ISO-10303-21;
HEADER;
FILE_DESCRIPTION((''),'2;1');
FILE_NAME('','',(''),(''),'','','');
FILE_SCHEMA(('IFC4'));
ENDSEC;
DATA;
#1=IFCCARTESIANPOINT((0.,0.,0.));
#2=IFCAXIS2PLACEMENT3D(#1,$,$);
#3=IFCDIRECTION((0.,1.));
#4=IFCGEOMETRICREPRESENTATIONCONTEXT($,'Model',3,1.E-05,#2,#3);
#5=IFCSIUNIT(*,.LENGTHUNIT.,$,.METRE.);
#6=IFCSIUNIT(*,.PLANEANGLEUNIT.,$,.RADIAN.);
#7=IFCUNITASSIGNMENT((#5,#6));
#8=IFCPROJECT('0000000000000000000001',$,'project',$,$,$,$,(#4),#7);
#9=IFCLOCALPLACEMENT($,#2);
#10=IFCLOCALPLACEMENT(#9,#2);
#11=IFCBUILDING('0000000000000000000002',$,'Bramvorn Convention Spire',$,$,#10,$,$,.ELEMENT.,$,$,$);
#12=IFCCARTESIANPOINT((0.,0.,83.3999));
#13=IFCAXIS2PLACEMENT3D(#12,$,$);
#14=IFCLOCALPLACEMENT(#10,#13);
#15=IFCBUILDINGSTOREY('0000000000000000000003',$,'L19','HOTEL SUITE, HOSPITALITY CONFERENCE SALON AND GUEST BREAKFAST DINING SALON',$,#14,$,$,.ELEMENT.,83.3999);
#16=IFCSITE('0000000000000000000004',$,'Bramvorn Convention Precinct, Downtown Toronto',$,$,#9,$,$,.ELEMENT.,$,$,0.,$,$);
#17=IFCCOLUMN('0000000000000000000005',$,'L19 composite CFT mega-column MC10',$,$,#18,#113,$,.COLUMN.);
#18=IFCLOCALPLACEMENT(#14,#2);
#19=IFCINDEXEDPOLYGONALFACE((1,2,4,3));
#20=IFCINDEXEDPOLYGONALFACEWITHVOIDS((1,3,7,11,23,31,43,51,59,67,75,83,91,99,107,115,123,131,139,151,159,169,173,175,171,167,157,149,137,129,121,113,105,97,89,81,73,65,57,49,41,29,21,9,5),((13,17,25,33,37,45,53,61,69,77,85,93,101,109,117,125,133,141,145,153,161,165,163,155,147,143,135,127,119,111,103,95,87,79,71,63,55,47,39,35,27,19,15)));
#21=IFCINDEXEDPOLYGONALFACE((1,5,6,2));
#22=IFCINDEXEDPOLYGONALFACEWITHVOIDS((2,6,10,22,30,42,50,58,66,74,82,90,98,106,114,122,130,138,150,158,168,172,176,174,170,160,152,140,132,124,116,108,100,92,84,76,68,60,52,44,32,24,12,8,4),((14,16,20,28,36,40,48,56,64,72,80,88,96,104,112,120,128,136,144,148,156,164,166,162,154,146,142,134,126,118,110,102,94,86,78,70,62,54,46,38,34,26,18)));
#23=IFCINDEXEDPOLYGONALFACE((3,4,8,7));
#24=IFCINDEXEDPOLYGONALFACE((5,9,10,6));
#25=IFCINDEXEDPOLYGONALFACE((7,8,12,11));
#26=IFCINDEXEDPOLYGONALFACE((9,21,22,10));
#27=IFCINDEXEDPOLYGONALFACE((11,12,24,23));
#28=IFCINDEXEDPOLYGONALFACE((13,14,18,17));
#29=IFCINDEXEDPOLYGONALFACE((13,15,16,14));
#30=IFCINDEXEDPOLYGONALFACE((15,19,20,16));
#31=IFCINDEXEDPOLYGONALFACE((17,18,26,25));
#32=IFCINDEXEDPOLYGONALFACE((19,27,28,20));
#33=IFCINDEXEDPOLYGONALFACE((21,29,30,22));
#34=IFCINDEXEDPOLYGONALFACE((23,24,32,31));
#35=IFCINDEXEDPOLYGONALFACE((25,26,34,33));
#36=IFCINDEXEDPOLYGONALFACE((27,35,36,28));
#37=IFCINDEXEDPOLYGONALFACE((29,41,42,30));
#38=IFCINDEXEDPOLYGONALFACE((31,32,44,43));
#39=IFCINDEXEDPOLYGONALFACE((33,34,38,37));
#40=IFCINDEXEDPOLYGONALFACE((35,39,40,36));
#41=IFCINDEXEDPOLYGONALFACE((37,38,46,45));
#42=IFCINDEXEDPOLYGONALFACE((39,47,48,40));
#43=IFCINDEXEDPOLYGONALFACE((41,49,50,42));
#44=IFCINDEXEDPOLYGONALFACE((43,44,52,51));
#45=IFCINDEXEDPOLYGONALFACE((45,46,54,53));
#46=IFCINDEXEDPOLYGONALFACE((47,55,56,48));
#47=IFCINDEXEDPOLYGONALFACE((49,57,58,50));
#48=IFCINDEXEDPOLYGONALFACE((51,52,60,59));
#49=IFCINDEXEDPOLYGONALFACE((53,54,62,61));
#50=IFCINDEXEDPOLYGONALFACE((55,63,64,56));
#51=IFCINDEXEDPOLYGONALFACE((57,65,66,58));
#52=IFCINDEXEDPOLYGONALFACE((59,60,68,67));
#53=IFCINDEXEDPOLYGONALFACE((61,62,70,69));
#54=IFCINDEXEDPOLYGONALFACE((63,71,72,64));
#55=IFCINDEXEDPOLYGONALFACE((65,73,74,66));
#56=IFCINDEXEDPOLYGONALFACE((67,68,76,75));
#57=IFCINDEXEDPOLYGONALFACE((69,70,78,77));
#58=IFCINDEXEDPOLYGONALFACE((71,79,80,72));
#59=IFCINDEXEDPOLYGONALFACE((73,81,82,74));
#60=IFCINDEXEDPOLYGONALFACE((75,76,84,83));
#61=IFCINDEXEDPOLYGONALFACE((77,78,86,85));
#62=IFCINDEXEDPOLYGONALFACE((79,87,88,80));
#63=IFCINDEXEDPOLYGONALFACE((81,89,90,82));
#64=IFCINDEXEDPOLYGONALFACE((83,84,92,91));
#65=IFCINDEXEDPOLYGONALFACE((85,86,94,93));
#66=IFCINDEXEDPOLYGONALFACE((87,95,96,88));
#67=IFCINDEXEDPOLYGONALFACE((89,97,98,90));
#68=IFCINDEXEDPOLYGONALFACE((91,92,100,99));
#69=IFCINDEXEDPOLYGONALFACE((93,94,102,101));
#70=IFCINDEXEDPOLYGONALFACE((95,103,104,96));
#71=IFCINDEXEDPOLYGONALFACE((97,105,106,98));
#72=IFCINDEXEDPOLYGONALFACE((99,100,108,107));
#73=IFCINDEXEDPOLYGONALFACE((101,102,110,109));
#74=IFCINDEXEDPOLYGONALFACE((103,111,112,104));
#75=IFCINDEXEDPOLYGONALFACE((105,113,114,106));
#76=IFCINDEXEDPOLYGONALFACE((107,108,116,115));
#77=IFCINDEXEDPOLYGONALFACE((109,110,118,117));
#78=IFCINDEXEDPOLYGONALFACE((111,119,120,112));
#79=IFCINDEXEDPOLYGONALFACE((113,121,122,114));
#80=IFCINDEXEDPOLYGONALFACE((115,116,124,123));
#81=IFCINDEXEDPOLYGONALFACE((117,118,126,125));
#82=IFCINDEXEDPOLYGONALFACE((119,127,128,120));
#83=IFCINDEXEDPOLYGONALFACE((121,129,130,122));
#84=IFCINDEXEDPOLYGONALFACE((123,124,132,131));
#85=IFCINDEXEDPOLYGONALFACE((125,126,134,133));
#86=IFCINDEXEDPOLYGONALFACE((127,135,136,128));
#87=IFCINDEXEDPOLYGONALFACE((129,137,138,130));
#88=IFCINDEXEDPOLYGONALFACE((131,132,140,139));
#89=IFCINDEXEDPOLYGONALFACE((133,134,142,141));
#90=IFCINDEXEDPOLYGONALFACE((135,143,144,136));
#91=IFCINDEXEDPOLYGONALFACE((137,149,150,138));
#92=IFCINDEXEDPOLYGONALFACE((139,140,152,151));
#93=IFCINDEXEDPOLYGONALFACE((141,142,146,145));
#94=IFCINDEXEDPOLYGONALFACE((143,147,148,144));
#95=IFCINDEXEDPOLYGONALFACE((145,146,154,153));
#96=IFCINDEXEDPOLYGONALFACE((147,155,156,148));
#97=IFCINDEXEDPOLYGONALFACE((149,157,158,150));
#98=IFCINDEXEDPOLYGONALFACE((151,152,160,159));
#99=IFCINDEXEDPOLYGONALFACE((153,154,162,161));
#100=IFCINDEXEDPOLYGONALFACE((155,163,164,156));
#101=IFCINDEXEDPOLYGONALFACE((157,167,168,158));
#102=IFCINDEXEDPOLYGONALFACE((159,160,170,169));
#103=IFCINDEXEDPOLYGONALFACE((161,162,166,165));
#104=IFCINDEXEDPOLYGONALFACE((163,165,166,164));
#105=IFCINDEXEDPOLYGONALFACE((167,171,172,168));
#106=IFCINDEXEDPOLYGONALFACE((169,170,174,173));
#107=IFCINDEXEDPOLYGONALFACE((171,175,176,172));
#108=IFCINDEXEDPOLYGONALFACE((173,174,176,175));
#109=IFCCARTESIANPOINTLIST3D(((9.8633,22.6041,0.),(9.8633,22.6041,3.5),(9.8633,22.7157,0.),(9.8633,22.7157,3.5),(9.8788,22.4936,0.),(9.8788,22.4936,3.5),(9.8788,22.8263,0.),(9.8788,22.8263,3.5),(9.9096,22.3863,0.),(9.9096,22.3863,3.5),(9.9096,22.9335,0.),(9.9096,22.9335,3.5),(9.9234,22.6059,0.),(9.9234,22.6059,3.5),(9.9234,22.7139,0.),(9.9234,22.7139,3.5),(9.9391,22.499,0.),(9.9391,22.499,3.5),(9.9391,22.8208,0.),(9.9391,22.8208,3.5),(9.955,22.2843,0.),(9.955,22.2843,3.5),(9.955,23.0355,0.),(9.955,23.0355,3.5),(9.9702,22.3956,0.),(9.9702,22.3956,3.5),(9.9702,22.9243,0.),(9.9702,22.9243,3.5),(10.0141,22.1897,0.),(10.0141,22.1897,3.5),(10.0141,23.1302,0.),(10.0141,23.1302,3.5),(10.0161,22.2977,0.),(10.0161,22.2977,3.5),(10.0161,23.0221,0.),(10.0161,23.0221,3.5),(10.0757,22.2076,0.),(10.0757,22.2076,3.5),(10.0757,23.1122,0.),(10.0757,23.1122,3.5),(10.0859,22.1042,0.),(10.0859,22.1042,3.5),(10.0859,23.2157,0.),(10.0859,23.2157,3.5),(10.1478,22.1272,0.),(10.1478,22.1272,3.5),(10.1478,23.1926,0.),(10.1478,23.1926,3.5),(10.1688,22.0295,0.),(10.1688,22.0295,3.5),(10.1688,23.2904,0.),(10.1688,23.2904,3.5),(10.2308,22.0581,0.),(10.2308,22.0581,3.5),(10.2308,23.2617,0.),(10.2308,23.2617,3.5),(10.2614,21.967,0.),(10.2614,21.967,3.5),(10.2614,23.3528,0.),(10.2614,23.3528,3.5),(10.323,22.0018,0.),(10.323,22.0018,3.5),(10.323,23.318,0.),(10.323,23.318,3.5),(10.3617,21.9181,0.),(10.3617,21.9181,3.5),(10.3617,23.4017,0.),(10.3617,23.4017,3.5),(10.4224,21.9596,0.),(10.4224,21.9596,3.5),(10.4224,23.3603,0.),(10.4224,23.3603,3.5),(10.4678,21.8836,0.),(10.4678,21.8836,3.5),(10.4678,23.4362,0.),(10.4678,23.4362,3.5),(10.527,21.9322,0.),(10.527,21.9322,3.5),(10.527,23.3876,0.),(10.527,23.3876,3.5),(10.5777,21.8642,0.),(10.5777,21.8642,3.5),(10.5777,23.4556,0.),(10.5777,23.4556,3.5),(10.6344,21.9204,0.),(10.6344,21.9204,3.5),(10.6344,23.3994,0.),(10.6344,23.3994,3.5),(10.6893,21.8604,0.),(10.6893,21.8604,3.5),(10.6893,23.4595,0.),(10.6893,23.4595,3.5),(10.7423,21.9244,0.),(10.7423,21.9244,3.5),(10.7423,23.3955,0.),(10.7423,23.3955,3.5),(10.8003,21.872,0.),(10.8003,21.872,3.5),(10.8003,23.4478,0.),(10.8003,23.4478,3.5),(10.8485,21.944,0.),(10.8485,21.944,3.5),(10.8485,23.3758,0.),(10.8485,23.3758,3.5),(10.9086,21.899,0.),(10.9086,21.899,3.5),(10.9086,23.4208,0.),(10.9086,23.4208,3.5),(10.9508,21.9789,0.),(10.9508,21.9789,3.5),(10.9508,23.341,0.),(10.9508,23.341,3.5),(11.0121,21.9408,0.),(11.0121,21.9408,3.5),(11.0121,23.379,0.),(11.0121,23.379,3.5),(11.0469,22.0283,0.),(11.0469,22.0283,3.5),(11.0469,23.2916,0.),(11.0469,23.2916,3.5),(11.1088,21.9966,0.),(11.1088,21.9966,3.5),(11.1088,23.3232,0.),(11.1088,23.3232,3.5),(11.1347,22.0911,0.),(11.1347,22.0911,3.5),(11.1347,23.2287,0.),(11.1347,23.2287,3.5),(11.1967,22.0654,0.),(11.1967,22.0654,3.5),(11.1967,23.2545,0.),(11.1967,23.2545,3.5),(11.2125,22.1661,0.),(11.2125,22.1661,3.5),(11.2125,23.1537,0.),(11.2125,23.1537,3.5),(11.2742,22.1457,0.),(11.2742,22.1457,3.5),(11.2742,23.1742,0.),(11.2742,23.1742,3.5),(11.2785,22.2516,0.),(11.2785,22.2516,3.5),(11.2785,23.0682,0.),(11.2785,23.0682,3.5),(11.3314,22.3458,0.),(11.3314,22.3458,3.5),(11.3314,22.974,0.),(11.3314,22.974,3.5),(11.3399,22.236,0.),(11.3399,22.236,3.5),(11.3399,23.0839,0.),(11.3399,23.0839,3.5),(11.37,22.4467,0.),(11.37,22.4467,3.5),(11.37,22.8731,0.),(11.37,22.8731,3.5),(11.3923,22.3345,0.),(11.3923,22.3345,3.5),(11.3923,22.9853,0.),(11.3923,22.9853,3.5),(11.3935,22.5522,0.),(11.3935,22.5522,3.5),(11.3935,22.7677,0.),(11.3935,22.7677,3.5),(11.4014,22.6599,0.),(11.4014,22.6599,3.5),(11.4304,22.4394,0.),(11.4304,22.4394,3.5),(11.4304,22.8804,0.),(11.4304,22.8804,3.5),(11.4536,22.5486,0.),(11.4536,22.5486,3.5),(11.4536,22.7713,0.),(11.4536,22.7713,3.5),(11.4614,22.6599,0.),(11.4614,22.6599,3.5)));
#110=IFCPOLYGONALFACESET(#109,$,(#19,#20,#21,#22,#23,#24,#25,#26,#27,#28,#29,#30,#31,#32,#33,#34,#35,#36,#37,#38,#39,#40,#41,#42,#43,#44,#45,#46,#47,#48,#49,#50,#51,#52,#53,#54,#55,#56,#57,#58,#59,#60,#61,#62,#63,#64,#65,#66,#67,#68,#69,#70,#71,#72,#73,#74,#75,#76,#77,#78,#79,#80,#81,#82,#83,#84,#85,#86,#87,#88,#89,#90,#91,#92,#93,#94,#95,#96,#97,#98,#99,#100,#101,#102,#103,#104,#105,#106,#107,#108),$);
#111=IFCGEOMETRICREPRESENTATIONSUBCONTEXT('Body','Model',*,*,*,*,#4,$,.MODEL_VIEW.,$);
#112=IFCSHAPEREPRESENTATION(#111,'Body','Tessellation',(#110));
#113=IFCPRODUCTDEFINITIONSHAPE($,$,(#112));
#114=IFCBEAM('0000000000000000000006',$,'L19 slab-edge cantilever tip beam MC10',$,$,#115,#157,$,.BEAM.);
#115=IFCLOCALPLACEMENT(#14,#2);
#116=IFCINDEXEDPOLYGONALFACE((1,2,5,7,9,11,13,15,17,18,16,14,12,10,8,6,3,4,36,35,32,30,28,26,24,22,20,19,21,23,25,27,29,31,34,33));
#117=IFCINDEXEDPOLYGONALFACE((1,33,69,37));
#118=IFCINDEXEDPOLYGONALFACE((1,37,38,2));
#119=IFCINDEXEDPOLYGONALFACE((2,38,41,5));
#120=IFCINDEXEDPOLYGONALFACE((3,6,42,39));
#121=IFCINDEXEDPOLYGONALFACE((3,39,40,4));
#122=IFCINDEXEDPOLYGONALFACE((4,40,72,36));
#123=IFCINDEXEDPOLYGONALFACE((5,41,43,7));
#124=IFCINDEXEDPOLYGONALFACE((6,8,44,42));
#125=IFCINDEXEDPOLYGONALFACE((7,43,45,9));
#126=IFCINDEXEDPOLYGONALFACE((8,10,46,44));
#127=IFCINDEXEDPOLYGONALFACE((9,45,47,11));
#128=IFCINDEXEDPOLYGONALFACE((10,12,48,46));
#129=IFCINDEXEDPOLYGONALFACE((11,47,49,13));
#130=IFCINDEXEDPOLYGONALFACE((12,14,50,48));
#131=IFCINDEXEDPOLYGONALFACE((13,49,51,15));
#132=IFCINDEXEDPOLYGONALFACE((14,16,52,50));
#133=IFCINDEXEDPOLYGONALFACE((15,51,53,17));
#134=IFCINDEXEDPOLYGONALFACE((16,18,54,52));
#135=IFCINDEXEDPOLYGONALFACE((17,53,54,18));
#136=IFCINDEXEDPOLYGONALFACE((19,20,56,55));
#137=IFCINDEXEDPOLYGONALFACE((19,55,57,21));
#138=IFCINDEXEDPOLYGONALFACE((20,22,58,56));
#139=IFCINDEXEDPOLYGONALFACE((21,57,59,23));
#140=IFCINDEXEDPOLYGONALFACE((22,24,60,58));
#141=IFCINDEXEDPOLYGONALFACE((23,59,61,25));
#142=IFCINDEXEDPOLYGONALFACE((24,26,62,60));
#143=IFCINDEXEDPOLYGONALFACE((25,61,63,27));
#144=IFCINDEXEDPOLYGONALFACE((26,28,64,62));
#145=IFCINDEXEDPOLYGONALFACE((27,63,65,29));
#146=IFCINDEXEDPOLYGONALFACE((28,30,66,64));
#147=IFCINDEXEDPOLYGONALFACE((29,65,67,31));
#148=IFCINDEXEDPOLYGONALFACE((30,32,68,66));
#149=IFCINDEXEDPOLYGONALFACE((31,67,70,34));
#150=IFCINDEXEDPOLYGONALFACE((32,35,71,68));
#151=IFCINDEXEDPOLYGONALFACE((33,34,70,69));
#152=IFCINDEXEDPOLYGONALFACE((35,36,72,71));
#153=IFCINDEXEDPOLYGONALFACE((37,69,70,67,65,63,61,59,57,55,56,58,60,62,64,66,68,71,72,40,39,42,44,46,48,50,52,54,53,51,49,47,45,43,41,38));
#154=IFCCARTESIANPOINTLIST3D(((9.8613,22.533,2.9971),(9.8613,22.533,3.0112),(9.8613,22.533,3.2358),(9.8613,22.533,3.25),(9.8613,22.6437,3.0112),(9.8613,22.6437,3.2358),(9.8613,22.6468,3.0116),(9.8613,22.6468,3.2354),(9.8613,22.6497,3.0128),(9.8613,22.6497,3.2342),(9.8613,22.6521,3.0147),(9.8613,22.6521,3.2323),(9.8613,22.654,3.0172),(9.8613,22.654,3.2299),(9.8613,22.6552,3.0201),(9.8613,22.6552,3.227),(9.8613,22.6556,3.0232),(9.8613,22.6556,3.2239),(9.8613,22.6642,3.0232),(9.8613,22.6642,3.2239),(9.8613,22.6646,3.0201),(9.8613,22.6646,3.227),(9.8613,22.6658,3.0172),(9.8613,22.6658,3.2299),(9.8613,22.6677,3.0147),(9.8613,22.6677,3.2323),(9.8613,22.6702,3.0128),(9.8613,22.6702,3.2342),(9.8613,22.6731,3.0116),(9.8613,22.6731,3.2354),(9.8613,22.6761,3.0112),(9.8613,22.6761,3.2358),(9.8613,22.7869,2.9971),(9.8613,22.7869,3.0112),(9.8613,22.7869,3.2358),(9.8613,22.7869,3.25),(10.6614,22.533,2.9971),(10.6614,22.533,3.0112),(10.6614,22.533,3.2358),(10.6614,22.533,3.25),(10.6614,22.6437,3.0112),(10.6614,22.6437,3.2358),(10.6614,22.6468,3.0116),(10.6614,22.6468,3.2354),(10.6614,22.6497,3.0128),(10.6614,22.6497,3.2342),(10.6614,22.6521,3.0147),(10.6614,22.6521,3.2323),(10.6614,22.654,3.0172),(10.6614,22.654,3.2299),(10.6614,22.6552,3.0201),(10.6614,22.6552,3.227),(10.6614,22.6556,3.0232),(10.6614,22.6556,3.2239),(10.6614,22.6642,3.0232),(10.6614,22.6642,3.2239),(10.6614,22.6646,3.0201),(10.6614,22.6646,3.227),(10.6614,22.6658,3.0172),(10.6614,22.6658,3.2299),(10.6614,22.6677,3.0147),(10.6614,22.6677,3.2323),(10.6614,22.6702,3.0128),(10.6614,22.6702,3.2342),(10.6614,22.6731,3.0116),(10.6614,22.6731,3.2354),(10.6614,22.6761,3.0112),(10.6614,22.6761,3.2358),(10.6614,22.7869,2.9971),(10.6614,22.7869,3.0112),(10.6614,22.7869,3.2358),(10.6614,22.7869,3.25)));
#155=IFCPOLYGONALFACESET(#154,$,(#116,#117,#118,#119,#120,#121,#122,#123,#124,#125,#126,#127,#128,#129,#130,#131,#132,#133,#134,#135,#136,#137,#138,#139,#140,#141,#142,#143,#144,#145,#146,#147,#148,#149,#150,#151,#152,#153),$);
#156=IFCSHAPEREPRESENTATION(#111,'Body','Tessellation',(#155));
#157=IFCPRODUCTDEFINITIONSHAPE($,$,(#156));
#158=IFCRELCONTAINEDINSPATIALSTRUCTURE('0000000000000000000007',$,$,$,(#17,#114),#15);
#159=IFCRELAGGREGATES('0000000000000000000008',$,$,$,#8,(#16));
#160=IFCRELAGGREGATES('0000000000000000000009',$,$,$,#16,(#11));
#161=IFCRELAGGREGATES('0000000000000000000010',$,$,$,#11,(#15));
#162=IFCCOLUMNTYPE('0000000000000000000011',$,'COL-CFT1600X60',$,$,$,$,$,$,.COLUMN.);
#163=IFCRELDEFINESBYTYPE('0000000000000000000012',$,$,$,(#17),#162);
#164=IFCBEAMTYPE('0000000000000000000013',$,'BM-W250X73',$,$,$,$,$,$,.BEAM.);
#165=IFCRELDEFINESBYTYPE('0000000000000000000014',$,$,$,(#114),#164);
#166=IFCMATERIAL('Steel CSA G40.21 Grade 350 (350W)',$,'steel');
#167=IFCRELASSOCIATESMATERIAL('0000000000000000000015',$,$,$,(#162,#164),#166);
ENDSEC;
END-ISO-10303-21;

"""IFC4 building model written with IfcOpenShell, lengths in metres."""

from ifc_helpers import new_model, si_unit, direction, frame, origin, origin_2d, place, context, subcontext, project, spatial, hollow_circle, i_section, extrude, material, material_profile, profile_set, type_object, element, save


model = new_model("IFC4")

# Units and contexts
model_context = context("Model", 3, precision=1e-05, world=origin(), true_north=direction((0.0, 1.0)))
body_context = subcontext(model_context, "Body", "Model", "MODEL_VIEW")
ifc_project = project(units=[si_unit("LENGTHUNIT", "METRE"), si_unit("PLANEANGLEUNIT", "RADIAN")], contexts=[model_context])

# Site, building, storey
site_placement = place(None, origin())
site = spatial("IfcSite", under=ifc_project, at=site_placement, Name="Bramvorn Convention Precinct, Downtown Toronto", CompositionType="ELEMENT", RefElevation=0.0)
building_placement = place(site_placement, origin())
building = spatial("IfcBuilding", under=site, at=building_placement, Name="Bramvorn Convention Spire", CompositionType="ELEMENT")
storey_placement = place(building_placement, frame((0.0, 0.0, 83.3999)))
storey = spatial("IfcBuildingStorey", under=building, at=storey_placement, Name="L19", Description="HOTEL SUITE, HOSPITALITY CONFERENCE SALON AND GUEST BREAKFAST DINING SALON", CompositionType="ELEMENT", Elevation=83.3999)

# Column
ifc_material_1 = material(Name="Steel CSA G40.21 Grade 350 (350W)", Category="steel")
ifc_material_profile_1 = material_profile(ifc_material_1, hollow_circle(Radius=0.8, WallThickness=0.0601, at=origin_2d()))
ifc_profile_set_1 = profile_set([ifc_material_profile_1], Name="Steel CSA G40.21 Grade 350 (350W) - CFT1600X60")
column_type = type_object("IfcColumnType", Name="COL-CFT1600X60", PredefinedType="COLUMN", material=ifc_profile_set_1)
column_placement = place(storey_placement, frame((10.6614, 22.6599, 0.0), z_axis=(0.0, 0.0, 1.0), x_axis=(1.0, 0.0, 0.0)))
element("IfcColumn", 1, at=column_placement, inside=storey, type_object=column_type, Name="L19 composite CFT mega-column MC10", PredefinedType="COLUMN", context=body_context, shape_type="SweptSolid", body=[
    extrude(hollow_circle(Radius=0.8, WallThickness=0.0601, at=origin_2d()), origin(), (0.0, 0.0, 1.0), 3.5),
])

# Beam
ifc_material_profile_2 = material_profile(ifc_material_1, i_section(OverallWidth=0.2539, OverallDepth=0.2529, WebThickness=0.0085, FlangeThickness=0.0142, FilletRadius=0.012, at=origin_2d()))
ifc_profile_set_2 = profile_set([ifc_material_profile_2], Name="Steel CSA G40.21 Grade 350 (350W) - W250X73")
beam_type_1 = type_object("IfcBeamType", Name="BM-W250X73", PredefinedType="BEAM", material=ifc_profile_set_2)
beam_1_placement = place(storey_placement, frame((10.6614, 22.6599, 3.1235), z_axis=(-1.0, 0.0, 0.0), x_axis=(0.0, -1.0, 0.0)))
element("IfcBeam", 2, at=beam_1_placement, inside=storey, type_object=beam_type_1, Name="L19 slab-edge cantilever tip beam MC10", PredefinedType="BEAM", context=body_context, shape_type="SweptSolid", body=[
    extrude(i_section(OverallWidth=0.2539, OverallDepth=0.2529, WebThickness=0.0085, FlangeThickness=0.0142, FilletRadius=0.012, at=origin_2d()), origin(), (0.0, 0.0, 1.0), 0.8),
])

save(model, "model.ifc")
